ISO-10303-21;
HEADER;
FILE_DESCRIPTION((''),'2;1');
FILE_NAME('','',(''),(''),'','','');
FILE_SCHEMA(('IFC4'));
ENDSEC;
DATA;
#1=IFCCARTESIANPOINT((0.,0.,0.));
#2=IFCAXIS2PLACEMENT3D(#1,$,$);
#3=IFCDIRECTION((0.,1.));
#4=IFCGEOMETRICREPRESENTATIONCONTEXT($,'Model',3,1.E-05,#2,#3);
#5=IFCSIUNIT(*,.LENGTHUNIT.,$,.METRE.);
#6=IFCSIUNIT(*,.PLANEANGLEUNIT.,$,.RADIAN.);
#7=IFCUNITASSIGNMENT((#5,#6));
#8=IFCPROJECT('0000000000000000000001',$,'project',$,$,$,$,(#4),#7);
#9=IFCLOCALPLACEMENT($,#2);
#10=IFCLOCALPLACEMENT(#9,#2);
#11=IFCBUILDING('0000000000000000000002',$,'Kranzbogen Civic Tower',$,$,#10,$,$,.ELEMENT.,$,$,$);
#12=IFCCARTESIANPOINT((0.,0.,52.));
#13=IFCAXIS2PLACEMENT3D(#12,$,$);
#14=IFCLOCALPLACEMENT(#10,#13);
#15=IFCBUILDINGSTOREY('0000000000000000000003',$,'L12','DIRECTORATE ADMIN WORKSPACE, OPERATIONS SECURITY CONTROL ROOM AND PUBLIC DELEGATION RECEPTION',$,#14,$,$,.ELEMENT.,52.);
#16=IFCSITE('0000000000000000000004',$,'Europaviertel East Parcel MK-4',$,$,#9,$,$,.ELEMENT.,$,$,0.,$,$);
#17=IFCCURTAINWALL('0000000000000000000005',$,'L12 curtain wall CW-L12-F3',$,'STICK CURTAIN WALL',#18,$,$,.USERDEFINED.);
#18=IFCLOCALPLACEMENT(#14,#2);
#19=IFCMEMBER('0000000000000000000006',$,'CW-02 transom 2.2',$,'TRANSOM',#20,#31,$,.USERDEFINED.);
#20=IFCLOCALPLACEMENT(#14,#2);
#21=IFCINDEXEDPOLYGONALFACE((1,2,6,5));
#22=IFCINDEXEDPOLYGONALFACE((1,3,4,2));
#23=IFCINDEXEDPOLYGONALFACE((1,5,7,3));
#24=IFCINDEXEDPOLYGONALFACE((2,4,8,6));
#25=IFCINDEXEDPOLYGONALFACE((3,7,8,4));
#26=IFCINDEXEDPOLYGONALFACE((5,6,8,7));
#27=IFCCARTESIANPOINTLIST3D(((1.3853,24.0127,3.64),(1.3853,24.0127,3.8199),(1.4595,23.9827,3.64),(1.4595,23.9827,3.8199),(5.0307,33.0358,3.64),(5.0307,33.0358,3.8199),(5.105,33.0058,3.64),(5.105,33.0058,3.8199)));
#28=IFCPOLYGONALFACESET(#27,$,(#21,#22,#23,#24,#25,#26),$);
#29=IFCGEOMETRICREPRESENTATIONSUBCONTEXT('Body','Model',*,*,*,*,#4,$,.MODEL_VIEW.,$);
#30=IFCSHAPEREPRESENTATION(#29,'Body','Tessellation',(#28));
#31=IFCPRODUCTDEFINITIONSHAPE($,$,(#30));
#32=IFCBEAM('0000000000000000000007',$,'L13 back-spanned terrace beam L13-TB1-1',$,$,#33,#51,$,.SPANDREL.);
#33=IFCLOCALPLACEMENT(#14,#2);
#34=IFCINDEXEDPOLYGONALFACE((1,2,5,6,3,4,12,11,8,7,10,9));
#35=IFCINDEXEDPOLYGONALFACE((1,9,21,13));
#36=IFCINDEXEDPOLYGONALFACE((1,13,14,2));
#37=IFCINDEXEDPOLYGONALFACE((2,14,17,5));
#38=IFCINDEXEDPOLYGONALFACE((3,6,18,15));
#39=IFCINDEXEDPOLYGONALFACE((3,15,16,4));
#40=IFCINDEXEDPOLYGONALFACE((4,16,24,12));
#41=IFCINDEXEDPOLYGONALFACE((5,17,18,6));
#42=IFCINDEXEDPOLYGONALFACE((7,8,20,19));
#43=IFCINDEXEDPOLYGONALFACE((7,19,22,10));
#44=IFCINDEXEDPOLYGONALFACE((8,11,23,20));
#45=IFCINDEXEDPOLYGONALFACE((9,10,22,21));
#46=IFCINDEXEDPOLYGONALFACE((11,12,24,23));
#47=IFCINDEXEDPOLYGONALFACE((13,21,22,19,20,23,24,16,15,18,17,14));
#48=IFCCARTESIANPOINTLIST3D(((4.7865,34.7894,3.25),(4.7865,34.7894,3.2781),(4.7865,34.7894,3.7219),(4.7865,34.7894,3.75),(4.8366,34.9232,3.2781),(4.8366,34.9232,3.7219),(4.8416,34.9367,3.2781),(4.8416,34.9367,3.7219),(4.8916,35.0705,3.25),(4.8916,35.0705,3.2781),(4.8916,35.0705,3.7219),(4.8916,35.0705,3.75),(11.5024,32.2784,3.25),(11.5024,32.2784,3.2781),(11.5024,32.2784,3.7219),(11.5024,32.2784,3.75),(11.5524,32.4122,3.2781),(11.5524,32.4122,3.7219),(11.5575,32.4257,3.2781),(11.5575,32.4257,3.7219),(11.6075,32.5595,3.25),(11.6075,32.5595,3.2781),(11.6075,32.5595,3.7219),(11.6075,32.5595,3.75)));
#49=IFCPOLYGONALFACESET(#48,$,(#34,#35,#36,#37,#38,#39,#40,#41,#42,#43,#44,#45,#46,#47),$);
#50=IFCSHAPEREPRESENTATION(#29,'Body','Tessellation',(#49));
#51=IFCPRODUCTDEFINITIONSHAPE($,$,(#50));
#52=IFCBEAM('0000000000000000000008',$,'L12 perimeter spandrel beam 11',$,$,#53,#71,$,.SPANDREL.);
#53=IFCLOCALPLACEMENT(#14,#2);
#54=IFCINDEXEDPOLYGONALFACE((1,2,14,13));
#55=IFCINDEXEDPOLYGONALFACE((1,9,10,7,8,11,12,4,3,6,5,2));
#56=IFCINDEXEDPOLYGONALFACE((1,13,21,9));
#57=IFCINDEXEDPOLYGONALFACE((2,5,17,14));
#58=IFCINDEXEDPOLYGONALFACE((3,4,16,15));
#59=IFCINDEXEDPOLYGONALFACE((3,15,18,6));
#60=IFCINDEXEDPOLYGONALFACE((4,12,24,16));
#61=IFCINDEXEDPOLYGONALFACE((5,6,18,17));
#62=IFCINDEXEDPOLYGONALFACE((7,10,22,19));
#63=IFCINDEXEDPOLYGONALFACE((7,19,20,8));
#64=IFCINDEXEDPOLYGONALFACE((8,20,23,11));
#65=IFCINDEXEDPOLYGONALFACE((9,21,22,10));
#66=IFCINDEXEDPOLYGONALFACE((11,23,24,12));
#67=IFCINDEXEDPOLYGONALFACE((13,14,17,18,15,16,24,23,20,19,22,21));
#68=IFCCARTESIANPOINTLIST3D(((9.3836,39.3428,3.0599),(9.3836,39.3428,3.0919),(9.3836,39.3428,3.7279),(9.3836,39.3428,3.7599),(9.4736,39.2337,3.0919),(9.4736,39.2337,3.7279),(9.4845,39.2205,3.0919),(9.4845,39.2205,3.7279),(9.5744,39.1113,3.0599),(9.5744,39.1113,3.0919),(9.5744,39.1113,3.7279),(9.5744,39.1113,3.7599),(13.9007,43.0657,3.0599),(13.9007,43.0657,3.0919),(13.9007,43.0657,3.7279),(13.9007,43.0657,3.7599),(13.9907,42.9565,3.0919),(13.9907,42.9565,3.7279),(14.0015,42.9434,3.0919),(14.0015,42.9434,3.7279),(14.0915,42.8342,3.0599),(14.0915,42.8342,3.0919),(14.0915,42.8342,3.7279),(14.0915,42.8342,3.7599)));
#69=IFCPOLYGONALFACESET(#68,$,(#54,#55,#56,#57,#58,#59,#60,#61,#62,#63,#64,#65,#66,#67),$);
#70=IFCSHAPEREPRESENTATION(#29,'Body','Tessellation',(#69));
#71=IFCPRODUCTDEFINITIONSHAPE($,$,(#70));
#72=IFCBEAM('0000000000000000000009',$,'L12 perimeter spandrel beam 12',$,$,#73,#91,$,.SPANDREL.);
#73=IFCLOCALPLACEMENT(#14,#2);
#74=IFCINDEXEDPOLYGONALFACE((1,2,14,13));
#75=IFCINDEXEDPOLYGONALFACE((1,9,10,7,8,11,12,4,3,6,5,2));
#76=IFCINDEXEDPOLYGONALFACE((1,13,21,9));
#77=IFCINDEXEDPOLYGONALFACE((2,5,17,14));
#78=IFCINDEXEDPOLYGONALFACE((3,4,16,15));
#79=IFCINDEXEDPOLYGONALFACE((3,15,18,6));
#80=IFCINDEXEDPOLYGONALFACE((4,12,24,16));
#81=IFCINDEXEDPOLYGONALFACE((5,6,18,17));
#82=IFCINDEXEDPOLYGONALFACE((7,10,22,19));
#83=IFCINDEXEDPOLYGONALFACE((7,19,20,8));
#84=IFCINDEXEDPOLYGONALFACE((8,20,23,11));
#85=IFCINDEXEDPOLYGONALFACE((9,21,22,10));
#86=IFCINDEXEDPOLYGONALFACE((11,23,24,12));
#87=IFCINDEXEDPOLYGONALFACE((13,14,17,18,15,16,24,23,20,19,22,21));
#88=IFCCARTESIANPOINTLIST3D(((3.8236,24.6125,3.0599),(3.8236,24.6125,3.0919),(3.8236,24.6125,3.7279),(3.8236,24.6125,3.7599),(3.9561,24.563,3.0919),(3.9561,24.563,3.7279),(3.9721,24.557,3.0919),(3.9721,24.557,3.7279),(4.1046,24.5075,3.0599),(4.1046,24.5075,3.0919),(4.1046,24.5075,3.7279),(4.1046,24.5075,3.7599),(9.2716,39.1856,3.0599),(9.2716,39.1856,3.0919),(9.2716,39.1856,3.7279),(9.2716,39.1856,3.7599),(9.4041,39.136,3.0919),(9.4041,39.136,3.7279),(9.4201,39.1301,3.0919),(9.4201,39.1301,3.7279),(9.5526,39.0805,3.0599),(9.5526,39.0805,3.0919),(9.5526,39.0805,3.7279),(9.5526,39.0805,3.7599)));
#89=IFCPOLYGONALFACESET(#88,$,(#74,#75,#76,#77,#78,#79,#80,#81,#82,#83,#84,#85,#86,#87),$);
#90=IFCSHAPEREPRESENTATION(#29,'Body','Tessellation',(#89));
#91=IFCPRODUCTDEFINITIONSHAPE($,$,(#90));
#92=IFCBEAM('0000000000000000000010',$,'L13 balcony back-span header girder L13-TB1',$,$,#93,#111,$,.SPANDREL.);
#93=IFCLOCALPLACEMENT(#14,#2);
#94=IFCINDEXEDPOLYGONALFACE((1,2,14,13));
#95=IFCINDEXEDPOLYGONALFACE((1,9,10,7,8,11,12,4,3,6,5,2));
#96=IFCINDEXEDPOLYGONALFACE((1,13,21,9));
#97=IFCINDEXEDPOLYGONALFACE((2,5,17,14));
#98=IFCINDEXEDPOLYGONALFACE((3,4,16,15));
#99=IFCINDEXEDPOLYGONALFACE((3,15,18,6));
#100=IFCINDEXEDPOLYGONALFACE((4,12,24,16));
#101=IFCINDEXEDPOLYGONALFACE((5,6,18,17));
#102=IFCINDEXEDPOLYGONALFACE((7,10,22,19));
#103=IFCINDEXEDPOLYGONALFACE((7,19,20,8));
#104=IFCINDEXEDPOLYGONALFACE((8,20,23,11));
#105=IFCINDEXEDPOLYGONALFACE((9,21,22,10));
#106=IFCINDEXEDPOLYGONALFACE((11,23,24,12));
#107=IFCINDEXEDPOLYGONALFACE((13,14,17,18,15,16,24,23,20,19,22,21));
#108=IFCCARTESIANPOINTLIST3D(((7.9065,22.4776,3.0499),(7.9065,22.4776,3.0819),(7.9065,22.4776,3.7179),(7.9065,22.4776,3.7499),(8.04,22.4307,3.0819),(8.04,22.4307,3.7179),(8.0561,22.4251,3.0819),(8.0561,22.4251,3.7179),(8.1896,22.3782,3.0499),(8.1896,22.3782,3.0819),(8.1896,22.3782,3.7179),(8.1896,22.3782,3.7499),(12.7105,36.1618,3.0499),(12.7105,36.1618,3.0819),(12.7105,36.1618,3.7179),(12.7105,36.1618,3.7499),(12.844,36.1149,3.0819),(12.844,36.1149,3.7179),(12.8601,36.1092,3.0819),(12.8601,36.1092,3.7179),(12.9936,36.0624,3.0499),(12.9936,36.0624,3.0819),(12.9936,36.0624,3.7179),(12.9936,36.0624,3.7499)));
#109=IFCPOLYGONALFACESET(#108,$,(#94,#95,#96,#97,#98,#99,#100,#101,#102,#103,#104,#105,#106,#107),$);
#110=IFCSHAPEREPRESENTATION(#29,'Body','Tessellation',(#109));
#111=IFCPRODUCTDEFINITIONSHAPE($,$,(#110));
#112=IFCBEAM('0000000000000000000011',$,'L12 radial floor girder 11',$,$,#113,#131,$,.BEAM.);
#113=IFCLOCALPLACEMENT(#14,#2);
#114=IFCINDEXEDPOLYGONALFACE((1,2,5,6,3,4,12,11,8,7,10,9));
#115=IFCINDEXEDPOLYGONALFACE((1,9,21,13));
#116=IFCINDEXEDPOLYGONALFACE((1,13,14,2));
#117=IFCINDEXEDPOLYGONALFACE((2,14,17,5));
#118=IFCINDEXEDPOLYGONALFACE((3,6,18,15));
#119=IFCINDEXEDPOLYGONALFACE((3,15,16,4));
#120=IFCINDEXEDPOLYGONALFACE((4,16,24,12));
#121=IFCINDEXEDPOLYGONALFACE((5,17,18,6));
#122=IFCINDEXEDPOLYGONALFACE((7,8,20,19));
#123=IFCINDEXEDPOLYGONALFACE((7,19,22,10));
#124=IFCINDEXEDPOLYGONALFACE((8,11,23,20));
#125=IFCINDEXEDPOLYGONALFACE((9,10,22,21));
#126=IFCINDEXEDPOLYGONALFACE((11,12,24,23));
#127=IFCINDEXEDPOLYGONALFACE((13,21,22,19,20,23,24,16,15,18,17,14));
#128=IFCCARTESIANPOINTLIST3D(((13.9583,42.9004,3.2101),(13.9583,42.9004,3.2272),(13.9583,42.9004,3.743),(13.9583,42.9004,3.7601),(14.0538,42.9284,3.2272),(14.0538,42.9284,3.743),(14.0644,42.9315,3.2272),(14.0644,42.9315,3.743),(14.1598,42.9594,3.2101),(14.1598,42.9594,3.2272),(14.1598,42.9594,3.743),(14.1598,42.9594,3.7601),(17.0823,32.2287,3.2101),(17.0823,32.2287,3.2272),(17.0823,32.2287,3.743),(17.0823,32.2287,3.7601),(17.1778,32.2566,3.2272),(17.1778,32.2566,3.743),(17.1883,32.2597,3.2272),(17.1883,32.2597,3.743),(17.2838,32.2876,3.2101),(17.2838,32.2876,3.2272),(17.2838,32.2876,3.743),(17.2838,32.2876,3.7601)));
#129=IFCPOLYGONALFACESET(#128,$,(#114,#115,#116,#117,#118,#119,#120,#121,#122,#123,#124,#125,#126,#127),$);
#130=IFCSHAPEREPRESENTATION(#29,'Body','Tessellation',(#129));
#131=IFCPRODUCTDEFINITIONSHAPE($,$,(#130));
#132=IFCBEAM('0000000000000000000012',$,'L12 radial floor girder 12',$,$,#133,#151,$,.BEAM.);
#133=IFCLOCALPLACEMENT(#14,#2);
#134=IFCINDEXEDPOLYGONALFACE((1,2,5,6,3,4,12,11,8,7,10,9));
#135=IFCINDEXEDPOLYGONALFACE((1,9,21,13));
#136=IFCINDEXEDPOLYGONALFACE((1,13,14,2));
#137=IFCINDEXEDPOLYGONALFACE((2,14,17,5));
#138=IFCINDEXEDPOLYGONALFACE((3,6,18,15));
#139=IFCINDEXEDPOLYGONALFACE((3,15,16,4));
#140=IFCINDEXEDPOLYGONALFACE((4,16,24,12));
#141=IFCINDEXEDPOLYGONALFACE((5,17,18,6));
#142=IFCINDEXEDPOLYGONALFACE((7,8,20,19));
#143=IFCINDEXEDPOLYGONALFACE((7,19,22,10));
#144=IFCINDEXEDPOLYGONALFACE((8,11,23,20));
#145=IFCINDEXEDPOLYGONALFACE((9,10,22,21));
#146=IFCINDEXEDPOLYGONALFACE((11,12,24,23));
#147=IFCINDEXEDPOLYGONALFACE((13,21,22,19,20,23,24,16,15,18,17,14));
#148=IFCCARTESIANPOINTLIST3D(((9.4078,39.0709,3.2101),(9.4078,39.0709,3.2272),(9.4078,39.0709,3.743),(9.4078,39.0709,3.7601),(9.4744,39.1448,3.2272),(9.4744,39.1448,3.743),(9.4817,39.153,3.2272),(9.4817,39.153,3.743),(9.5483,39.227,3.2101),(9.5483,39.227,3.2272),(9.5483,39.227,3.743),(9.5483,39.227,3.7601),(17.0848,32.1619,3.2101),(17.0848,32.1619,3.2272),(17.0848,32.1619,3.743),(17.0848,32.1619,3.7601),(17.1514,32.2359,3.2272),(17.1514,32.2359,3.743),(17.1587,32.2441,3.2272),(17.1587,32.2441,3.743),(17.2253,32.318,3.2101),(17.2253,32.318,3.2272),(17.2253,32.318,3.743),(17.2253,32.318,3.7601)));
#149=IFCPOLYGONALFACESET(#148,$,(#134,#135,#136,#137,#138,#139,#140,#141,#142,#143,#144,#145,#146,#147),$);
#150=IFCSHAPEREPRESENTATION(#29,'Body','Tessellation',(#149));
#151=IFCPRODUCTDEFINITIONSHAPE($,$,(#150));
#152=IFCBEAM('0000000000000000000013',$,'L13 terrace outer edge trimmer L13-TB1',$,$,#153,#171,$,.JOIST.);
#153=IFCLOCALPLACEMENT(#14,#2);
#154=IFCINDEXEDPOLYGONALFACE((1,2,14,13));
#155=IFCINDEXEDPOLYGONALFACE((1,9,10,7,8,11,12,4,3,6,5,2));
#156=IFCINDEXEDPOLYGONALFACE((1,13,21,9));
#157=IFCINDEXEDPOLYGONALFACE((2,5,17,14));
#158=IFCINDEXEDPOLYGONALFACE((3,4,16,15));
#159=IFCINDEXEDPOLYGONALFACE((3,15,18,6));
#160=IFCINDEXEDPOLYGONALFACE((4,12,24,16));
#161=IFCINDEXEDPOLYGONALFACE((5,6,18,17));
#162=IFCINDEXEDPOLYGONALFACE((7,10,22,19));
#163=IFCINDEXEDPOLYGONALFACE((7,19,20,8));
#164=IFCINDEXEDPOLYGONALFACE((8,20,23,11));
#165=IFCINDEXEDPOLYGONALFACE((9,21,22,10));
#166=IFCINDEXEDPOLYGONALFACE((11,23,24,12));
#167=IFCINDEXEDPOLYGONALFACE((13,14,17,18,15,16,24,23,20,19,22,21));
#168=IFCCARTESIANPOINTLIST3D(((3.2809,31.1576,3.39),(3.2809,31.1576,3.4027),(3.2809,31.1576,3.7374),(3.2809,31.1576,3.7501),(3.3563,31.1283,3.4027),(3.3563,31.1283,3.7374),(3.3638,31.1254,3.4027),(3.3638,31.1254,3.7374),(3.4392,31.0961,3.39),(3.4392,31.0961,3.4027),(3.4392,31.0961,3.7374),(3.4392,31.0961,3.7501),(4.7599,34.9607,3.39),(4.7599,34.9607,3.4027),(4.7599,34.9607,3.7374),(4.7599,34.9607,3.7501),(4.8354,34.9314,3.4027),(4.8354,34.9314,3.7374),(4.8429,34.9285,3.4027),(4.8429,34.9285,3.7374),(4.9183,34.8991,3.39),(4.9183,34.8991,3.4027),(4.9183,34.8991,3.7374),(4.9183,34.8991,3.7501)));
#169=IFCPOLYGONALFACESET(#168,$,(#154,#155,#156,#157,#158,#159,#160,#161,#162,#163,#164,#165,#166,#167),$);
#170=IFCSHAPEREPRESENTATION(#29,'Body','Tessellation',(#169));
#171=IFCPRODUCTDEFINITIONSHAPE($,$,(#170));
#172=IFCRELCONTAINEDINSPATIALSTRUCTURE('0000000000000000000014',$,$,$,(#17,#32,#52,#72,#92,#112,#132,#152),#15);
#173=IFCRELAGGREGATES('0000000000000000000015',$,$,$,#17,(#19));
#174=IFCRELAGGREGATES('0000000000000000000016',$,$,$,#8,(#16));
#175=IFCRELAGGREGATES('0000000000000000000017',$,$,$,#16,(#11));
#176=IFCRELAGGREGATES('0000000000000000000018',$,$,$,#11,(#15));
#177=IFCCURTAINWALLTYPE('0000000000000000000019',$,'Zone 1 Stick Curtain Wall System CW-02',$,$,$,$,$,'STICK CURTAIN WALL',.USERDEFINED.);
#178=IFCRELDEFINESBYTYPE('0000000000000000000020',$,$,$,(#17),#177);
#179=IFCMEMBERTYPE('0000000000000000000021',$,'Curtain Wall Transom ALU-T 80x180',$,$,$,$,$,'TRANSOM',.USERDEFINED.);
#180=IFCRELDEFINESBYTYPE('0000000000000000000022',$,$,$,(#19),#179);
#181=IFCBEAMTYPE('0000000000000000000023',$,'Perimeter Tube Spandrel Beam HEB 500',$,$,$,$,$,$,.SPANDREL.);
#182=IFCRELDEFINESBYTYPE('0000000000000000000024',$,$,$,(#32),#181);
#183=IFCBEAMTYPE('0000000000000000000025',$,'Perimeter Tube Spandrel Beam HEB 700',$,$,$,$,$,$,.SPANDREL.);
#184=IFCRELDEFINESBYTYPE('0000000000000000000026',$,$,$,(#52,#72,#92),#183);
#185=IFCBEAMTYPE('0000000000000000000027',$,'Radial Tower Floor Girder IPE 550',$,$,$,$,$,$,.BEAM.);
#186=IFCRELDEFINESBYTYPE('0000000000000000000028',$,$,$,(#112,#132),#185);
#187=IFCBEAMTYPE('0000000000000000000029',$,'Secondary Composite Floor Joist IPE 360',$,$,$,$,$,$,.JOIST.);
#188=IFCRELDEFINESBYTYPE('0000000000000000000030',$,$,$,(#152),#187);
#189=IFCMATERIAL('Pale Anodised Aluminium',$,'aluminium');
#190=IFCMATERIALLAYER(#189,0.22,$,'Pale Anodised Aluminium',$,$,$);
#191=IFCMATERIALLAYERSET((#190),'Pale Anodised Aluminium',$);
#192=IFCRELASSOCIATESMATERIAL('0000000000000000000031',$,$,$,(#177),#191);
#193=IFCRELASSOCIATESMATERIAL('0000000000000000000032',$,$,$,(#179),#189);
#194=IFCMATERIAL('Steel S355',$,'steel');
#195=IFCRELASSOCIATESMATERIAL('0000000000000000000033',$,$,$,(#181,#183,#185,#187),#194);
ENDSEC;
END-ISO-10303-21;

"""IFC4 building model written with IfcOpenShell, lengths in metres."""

from ifc_helpers import new_model, si_unit, direction, frame, origin, origin_2d, place, context, subcontext, project, spatial, rectangle, i_section, extrude, material, layer, layer_set, material_profile, profile_set, type_object, element, aggregate, save


model = new_model("IFC4")

# Units and contexts
model_context = context("Model", 3, precision=1e-05, world=origin(), true_north=direction((0.0, 1.0)))
body_context = subcontext(model_context, "Body", "Model", "MODEL_VIEW")
ifc_project = project(units=[si_unit("LENGTHUNIT", "METRE"), si_unit("PLANEANGLEUNIT", "RADIAN")], contexts=[model_context])

# Site, building, storey
site_placement = place(None, origin())
site = spatial("IfcSite", under=ifc_project, at=site_placement, Name="Europaviertel East Parcel MK-4", CompositionType="ELEMENT", RefElevation=0.0)
building_placement = place(site_placement, origin())
building = spatial("IfcBuilding", under=site, at=building_placement, Name="Kranzbogen Civic Tower", CompositionType="ELEMENT")
storey_placement = place(building_placement, frame((0.0, 0.0, 52.0)))
storey = spatial("IfcBuildingStorey", under=building, at=storey_placement, Name="L12", Description="DIRECTORATE ADMIN WORKSPACE, OPERATIONS SECURITY CONTROL ROOM AND PUBLIC DELEGATION RECEPTION", CompositionType="ELEMENT", Elevation=52.0)

# Shared definitions
ifc_material_1 = material(Name="Pale Anodised Aluminium", Category="aluminium")
ifc_layer_1 = layer(ifc_material_1, 0.22, Name="Pale Anodised Aluminium")
ifc_layer_set_1 = layer_set([ifc_layer_1], Name="Pale Anodised Aluminium")
curtain_wall_type = type_object("IfcCurtainWallType", Name="Zone 1 Stick Curtain Wall System CW-02", ElementType="STICK CURTAIN WALL", PredefinedType="USERDEFINED", material=ifc_layer_set_1)

# Curtain wall
curtain_wall_1_placement = place(storey_placement, origin())
curtain_wall_1 = element("IfcCurtainWall", 1, at=curtain_wall_1_placement, inside=storey, type_object=curtain_wall_type, Name="L12 curtain wall CW-L12-F3", ObjectType="STICK CURTAIN WALL", PredefinedType="USERDEFINED")

# Member
ifc_material_profile_1 = material_profile(ifc_material_1, rectangle(XDim=0.0801, YDim=0.1799, at=origin_2d()), Name="ALU-T 80x180")
ifc_profile_set_1 = profile_set([ifc_material_profile_1], Name="Pale Anodised Aluminium")
member_type_1 = type_object("IfcMemberType", Name="Curtain Wall Transom ALU-T 80x180", ElementType="TRANSOM", PredefinedType="USERDEFINED", material=ifc_profile_set_1)
member_1_placement = place(storey_placement, frame((5.0679, 33.0208, 3.73), z_axis=(-0.374598, -0.927187, 0.0), x_axis=(0.927187, -0.374598, 0.0)))
member_1 = element("IfcMember", 2, at=member_1_placement, type_object=member_type_1, Name="CW-02 transom 2.2", ObjectType="TRANSOM", PredefinedType="USERDEFINED", context=body_context, shape_type="SweptSolid", body=[
    extrude(rectangle(XDim=0.0801, YDim=0.1799, at=origin_2d()), origin(), (0.0, 0.0, 1.0), 9.7317),
])

# Beams
ifc_material_2 = material(Name="Steel S355", Category="steel")
ifc_material_profile_2 = material_profile(ifc_material_2, i_section(OverallWidth=0.3, OverallDepth=0.5, WebThickness=0.0144, FlangeThickness=0.0281, at=origin_2d()), Name="HEB 500")
ifc_profile_set_2 = profile_set([ifc_material_profile_2], Name="Steel S355")
beam_type_1 = type_object("IfcBeamType", Name="Perimeter Tube Spandrel Beam HEB 500", PredefinedType="SPANDREL", material=ifc_profile_set_2)
beam_1_placement = place(storey_placement, frame((11.5549, 32.4189, 3.5), z_axis=(-0.93667, 0.350213, 0.0), x_axis=(-0.350213, -0.93667, 0.0)))
element("IfcBeam", 3, at=beam_1_placement, inside=storey, type_object=beam_type_1, Name="L13 back-spanned terrace beam L13-TB1-1", PredefinedType="SPANDREL", context=body_context, shape_type="SweptSolid", body=[
    extrude(i_section(OverallWidth=0.3, OverallDepth=0.5, WebThickness=0.0144, FlangeThickness=0.0281, at=origin_2d()), origin(), (0.0, 0.0, 1.0), 7.1699),
])
ifc_material_profile_3 = material_profile(ifc_material_2, i_section(OverallWidth=0.3, OverallDepth=0.7, WebThickness=0.0171, FlangeThickness=0.032, at=origin_2d()), Name="HEB 700")
ifc_profile_set_3 = profile_set([ifc_material_profile_3], Name="Steel S355")
beam_type_2 = type_object("IfcBeamType", Name="Perimeter Tube Spandrel Beam HEB 700", PredefinedType="SPANDREL", material=ifc_profile_set_3)
beam_2_placement = place(storey_placement, frame((13.9961, 42.95, 3.4099), z_axis=(-0.771683, -0.636007, 0.0), x_axis=(0.636007, -0.771683, 0.0)))
element("IfcBeam", 4, at=beam_2_placement, inside=storey, type_object=beam_type_2, Name="L12 perimeter spandrel beam 11", PredefinedType="SPANDREL", context=body_context, shape_type="SweptSolid", body=[
    extrude(i_section(OverallWidth=0.3, OverallDepth=0.7, WebThickness=0.0171, FlangeThickness=0.032, at=origin_2d()), origin(), (0.0, 0.0, 1.0), 5.8535),
])
beam_3_placement = place(storey_placement, frame((9.4121, 39.1331, 3.4099), z_axis=(-0.350172, -0.936685, 0.0), x_axis=(0.936685, -0.350172, 0.0)))
element("IfcBeam", 5, at=beam_3_placement, inside=storey, type_object=beam_type_2, Name="L12 perimeter spandrel beam 12", PredefinedType="SPANDREL", context=body_context, shape_type="SweptSolid", body=[
    extrude(i_section(OverallWidth=0.3, OverallDepth=0.7, WebThickness=0.0171, FlangeThickness=0.032, at=origin_2d()), origin(), (0.0, 0.0, 1.0), 15.5581),
])
beam_4_placement = place(storey_placement, frame((12.8521, 36.1121, 3.3999), z_axis=(-0.331243, -0.943546, 0.0), x_axis=(0.943546, -0.331243, 0.0)))
element("IfcBeam", 6, at=beam_4_placement, inside=storey, type_object=beam_type_2, Name="L13 balcony back-span header girder L13-TB1", PredefinedType="SPANDREL", context=body_context, shape_type="SweptSolid", body=[
    extrude(i_section(OverallWidth=0.3, OverallDepth=0.7, WebThickness=0.0171, FlangeThickness=0.032, at=origin_2d()), origin(), (0.0, 0.0, 1.0), 14.5029),
])
ifc_material_profile_4 = material_profile(ifc_material_2, i_section(OverallWidth=0.21, OverallDepth=0.55, WebThickness=0.011, FlangeThickness=0.0171, at=origin_2d()), Name="IPE 550")
ifc_profile_set_4 = profile_set([ifc_material_profile_4], Name="Steel S355")
beam_type_3 = type_object("IfcBeamType", Name="Radial Tower Floor Girder IPE 550", PredefinedType="BEAM", material=ifc_profile_set_4)
beam_5_placement = place(storey_placement, frame((14.0591, 42.9299, 3.4851), z_axis=(0.280944, -0.959724, 0.0), x_axis=(0.959724, 0.280944, 0.0)))
element("IfcBeam", 7, at=beam_5_placement, inside=storey, type_object=beam_type_3, Name="L12 radial floor girder 11", PredefinedType="BEAM", context=body_context, shape_type="SweptSolid", body=[
    extrude(i_section(OverallWidth=0.21, OverallDepth=0.55, WebThickness=0.011, FlangeThickness=0.0171, at=origin_2d()), origin(), (0.0, 0.0, 1.0), 11.1196),
])
beam_6_placement = place(storey_placement, frame((9.478, 39.1489, 3.4851), z_axis=(0.743312, -0.668945, 0.0), x_axis=(0.668945, 0.743312, 0.0)))
element("IfcBeam", 8, at=beam_6_placement, inside=storey, type_object=beam_type_3, Name="L12 radial floor girder 12", PredefinedType="BEAM", context=body_context, shape_type="SweptSolid", body=[
    extrude(i_section(OverallWidth=0.21, OverallDepth=0.55, WebThickness=0.011, FlangeThickness=0.0171, at=origin_2d()), origin(), (0.0, 0.0, 1.0), 10.3281),
])
ifc_material_profile_5 = material_profile(ifc_material_2, i_section(OverallWidth=0.1699, OverallDepth=0.3601, WebThickness=0.0081, FlangeThickness=0.0127, at=origin_2d()), Name="IPE 360")
ifc_profile_set_5 = profile_set([ifc_material_profile_5], Name="Steel S355")
beam_type_4 = type_object("IfcBeamType", Name="Secondary Composite Floor Joist IPE 360", PredefinedType="JOIST", material=ifc_profile_set_5)
beam_7_placement = place(storey_placement, frame((4.8391, 34.9299, 3.5701), z_axis=(-0.362461, -0.931999, 0.0), x_axis=(0.931999, -0.362461, 0.0)))
element("IfcBeam", 9, at=beam_7_placement, inside=storey, type_object=beam_type_4, Name="L13 terrace outer edge trimmer L13-TB1", PredefinedType="JOIST", context=body_context, shape_type="SweptSolid", body=[
    extrude(i_section(OverallWidth=0.1699, OverallDepth=0.3601, WebThickness=0.0081, FlangeThickness=0.0127, at=origin_2d()), origin(), (0.0, 0.0, 1.0), 4.0806),
])

aggregate(curtain_wall_1, [member_1])

save(model, "model.ifc")
